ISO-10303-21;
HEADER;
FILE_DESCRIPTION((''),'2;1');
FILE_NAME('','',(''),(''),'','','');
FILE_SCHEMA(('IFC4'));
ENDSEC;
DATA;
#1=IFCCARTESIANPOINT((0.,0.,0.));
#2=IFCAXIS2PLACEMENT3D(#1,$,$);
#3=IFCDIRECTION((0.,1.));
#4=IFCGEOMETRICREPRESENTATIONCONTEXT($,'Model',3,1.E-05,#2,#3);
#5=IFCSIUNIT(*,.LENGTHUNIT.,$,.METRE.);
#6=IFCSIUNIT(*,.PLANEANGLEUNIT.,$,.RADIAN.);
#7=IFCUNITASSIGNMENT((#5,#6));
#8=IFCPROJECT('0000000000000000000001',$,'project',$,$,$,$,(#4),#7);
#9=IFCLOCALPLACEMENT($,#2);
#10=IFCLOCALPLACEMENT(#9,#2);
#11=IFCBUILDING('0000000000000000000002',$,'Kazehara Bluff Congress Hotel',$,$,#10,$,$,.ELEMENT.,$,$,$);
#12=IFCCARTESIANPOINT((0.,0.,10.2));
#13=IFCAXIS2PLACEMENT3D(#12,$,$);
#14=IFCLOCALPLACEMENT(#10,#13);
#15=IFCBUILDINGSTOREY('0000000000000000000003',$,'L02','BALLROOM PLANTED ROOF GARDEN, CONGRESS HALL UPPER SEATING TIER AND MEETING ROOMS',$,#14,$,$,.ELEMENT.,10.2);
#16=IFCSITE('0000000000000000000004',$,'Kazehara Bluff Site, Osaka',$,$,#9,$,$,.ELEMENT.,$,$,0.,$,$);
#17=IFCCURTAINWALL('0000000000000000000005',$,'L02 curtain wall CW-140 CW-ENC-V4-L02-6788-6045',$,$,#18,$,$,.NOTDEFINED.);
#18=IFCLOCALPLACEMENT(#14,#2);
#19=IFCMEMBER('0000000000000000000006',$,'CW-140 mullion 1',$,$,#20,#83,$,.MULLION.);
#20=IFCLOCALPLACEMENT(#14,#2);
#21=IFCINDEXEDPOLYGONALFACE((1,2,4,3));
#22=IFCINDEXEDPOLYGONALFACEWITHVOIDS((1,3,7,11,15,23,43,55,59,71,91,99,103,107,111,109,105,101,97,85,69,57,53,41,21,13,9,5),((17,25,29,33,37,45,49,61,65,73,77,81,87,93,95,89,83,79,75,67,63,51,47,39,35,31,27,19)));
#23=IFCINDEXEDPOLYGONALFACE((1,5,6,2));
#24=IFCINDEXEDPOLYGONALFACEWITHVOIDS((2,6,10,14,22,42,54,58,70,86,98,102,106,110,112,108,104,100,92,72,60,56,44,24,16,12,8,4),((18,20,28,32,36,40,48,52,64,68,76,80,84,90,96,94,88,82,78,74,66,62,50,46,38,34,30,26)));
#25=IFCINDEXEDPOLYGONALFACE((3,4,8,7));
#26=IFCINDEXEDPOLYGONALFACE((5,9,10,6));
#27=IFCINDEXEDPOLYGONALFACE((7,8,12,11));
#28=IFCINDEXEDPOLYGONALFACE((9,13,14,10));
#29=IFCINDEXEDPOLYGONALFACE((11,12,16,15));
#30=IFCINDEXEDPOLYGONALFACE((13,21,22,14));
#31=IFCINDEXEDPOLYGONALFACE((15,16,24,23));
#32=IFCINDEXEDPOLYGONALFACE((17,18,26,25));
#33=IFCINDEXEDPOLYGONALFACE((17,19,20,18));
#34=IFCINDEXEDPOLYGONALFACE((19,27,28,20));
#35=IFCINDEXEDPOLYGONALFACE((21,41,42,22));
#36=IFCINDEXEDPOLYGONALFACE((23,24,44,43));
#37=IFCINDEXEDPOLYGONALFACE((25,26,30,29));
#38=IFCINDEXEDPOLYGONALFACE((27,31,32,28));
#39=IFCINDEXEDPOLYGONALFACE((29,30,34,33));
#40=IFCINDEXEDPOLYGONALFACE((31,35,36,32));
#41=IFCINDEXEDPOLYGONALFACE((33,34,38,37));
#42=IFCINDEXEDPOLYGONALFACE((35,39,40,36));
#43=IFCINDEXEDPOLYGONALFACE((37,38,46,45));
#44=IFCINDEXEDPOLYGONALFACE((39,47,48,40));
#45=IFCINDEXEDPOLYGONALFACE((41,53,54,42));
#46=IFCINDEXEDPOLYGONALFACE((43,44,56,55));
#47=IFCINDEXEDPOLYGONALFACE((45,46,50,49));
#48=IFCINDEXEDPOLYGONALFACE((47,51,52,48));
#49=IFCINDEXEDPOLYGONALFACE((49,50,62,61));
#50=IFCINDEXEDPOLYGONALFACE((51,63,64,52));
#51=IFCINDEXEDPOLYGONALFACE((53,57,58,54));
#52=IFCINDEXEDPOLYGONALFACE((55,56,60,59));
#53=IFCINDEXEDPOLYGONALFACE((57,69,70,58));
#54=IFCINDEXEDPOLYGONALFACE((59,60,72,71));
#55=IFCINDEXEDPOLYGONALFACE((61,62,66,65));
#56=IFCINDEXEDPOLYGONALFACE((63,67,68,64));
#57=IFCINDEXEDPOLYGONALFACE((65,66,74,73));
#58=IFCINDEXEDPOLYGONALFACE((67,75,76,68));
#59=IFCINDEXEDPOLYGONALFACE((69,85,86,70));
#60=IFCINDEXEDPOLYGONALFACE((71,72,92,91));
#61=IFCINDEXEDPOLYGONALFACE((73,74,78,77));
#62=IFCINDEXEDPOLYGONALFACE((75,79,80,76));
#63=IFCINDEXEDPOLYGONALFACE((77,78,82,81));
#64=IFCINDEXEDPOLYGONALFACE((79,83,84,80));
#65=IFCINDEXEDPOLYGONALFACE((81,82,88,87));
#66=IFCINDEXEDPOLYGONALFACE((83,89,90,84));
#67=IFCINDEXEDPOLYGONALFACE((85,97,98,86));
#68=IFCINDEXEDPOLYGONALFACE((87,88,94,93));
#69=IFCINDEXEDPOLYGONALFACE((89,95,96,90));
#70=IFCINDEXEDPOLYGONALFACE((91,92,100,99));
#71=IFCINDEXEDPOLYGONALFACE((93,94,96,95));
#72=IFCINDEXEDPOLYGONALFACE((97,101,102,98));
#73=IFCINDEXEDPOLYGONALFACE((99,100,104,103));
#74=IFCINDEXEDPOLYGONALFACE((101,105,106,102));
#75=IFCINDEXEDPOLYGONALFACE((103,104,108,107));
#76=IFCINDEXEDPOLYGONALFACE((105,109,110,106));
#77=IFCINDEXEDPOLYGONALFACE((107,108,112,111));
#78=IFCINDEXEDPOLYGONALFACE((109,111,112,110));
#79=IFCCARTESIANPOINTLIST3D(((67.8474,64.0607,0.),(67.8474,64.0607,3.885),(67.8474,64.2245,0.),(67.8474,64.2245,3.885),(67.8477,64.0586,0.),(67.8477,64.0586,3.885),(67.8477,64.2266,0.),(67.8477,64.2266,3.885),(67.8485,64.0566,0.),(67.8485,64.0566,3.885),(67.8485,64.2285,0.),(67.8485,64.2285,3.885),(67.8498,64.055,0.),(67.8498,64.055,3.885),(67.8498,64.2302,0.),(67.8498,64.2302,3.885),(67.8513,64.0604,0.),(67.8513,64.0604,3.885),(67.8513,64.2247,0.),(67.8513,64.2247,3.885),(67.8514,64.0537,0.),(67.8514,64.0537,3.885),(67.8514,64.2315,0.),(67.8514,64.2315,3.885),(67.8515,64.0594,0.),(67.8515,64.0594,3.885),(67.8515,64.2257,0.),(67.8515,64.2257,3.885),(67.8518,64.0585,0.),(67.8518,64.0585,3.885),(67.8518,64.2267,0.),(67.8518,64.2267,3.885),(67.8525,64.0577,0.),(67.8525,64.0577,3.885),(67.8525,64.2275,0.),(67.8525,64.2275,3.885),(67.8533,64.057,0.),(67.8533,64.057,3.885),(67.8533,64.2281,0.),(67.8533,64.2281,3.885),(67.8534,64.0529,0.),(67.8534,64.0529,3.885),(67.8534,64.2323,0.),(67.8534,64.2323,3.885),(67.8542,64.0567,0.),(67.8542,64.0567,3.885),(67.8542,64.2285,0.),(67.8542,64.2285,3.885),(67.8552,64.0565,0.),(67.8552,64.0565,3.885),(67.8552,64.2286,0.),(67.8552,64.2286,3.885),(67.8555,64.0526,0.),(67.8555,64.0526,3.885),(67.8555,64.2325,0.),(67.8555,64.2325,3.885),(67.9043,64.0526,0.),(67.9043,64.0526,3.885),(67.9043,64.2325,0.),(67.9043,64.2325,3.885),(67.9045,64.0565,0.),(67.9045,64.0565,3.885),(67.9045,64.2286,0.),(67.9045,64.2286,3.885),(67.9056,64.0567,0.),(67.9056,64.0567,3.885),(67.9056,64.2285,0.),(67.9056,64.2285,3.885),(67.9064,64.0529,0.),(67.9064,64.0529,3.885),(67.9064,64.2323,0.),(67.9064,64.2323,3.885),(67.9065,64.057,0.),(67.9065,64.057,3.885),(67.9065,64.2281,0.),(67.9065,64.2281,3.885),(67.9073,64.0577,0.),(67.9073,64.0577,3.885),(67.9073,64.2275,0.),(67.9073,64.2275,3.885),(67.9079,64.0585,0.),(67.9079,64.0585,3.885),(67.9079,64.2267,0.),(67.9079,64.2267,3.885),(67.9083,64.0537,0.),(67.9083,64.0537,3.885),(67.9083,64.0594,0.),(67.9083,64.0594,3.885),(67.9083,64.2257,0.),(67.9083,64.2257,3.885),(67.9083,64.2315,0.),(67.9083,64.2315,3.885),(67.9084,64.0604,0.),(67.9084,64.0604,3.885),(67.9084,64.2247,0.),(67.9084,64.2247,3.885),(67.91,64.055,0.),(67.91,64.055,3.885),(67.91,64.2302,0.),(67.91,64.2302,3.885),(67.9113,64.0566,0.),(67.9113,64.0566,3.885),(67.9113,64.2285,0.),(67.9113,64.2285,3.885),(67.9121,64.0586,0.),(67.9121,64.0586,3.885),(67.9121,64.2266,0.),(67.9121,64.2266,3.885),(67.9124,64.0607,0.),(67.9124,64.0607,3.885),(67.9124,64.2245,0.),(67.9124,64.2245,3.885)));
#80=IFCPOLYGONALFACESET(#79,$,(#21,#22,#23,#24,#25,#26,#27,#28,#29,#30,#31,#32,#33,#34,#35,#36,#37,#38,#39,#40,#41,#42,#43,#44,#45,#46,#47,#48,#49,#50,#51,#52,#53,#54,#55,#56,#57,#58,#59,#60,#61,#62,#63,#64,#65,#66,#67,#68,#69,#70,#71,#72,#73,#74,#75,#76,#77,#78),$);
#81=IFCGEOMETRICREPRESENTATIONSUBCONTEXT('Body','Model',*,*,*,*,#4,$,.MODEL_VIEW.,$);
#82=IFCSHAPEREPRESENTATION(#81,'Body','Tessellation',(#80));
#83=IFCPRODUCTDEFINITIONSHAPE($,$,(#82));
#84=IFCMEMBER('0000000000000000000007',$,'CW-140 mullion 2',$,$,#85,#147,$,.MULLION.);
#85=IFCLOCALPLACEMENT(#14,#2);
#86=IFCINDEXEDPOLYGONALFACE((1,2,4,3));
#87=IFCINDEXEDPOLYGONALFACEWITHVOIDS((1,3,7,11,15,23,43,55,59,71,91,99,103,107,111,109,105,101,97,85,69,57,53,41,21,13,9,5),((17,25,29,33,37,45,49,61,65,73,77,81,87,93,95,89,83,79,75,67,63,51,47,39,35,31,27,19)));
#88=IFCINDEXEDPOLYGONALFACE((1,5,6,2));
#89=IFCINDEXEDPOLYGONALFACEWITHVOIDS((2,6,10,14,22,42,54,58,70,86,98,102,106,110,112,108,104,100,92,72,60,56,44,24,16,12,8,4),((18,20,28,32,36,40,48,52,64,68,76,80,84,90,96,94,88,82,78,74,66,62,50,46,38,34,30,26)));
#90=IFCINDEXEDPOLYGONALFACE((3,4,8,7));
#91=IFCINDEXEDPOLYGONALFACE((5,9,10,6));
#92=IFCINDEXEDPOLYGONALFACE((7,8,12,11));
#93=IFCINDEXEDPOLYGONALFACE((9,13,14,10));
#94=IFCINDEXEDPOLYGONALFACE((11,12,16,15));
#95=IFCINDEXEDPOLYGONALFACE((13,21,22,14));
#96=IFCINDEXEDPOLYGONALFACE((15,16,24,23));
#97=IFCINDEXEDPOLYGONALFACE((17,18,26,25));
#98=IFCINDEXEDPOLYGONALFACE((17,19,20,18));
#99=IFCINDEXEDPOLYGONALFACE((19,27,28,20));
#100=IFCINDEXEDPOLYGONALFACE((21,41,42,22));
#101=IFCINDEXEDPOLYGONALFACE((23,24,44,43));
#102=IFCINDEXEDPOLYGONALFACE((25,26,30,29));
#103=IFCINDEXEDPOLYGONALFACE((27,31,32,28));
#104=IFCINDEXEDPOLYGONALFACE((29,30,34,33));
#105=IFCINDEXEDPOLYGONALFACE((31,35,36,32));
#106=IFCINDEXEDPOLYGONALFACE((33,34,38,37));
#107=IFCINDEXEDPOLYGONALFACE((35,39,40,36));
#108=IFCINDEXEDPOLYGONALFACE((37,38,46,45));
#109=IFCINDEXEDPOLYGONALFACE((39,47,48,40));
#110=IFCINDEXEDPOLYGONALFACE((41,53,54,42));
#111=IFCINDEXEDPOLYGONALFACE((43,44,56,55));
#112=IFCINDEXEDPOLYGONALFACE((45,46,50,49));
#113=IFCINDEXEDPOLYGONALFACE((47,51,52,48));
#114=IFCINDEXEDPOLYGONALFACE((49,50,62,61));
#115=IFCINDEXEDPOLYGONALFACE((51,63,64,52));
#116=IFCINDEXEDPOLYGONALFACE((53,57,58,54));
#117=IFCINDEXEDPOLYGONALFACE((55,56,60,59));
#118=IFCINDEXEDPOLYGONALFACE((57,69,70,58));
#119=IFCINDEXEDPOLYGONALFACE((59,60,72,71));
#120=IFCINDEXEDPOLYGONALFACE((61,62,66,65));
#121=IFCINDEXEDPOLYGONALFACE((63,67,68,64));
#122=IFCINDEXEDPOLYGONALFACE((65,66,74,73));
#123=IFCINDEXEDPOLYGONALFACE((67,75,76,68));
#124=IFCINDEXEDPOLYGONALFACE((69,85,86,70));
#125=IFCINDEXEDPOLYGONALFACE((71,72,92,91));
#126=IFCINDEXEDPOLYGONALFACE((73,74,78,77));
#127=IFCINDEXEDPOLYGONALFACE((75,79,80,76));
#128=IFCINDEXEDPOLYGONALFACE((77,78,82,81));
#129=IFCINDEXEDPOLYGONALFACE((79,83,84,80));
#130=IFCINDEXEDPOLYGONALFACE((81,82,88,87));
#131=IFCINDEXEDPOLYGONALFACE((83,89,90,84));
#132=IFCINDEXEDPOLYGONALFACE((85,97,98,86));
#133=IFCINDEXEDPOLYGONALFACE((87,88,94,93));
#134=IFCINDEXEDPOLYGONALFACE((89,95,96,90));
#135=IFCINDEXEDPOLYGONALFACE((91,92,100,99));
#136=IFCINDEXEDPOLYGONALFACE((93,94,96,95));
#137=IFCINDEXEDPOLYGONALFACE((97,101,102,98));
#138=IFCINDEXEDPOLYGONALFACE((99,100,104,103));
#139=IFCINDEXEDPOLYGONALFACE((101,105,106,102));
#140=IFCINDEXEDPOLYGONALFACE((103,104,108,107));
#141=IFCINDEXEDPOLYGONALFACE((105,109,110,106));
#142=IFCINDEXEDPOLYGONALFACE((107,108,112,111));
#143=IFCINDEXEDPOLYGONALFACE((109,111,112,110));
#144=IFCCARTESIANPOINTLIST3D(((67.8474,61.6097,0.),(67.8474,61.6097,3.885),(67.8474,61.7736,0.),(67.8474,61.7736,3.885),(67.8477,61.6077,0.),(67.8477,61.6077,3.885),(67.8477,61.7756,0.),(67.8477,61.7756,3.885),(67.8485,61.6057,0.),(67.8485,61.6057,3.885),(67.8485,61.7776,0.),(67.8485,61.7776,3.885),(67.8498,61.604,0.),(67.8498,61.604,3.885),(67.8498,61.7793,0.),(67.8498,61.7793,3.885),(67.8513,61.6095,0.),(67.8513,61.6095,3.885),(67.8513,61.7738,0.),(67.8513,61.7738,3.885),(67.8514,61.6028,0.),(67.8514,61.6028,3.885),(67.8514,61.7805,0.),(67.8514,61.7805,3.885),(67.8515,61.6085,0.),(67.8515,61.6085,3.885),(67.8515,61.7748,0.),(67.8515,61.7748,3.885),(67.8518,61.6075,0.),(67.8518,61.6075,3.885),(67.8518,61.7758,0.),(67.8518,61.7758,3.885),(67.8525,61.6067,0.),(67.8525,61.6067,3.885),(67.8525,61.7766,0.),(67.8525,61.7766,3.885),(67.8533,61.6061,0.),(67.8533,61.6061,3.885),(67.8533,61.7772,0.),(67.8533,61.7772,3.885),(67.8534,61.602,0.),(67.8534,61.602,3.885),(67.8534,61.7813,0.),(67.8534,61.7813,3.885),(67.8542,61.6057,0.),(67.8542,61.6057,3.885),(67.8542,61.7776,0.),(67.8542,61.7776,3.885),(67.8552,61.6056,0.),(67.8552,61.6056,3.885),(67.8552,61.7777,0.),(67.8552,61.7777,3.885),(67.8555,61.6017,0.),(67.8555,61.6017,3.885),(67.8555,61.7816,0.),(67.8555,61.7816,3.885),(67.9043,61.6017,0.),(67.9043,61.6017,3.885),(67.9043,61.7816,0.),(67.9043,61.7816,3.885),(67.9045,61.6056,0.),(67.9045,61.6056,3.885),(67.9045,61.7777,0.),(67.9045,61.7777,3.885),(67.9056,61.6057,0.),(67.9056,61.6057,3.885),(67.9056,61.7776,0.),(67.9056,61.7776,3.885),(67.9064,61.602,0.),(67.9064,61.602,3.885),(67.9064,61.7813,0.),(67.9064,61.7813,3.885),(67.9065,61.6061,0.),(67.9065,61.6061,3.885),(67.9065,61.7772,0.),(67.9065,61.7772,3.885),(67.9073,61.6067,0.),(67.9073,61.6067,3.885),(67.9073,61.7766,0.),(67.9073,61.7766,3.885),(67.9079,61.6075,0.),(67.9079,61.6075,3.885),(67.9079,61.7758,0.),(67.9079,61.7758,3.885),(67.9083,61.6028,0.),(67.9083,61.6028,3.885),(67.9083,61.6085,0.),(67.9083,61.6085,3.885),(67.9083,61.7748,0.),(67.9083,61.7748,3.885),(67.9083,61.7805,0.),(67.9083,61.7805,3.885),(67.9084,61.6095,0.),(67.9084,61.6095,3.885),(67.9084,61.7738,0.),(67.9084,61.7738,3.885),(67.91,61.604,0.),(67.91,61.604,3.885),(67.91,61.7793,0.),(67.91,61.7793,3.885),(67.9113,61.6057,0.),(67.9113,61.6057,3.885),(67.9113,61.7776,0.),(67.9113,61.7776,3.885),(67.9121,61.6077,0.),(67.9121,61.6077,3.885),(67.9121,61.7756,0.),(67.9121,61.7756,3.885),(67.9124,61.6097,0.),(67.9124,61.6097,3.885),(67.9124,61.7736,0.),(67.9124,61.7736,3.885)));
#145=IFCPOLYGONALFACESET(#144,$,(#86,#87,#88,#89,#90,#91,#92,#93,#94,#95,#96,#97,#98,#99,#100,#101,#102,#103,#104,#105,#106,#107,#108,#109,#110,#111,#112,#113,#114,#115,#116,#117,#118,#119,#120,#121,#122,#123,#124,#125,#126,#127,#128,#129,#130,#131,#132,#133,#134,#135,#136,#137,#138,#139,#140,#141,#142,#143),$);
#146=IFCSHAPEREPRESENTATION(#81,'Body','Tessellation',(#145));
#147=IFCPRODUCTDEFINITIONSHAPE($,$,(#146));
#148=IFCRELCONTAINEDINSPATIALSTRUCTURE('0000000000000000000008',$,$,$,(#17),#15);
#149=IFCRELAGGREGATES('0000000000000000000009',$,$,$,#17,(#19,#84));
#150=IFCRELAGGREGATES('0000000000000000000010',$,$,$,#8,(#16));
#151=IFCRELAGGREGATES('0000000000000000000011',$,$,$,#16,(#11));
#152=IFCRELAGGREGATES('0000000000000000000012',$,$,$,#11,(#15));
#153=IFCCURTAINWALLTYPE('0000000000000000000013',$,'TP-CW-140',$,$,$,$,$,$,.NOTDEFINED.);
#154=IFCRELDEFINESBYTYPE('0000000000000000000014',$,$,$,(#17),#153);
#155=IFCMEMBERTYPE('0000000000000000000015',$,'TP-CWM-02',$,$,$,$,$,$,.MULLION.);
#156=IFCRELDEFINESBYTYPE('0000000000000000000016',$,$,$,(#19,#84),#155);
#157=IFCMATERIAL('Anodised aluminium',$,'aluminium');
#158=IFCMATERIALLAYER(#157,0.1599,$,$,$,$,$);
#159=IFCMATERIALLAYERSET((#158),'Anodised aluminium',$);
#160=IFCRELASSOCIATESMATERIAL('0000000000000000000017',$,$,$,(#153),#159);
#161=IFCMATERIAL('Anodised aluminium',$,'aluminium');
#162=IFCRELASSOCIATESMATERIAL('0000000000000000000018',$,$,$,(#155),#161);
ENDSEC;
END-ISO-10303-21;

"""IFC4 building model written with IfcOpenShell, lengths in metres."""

from ifc_helpers import new_model, si_unit, direction, frame, origin, origin_2d, place, context, subcontext, project, spatial, hollow_rectangle, extrude, material, layer, layer_set, material_profile, profile_set, type_object, element, aggregate, save


model = new_model("IFC4")

# Units and contexts
model_context = context("Model", 3, precision=1e-05, world=origin(), true_north=direction((0.0, 1.0)))
body_context = subcontext(model_context, "Body", "Model", "MODEL_VIEW")
ifc_project = project(units=[si_unit("LENGTHUNIT", "METRE"), si_unit("PLANEANGLEUNIT", "RADIAN")], contexts=[model_context])

# Site, building, storey
site_placement = place(None, origin())
site = spatial("IfcSite", under=ifc_project, at=site_placement, Name="Kazehara Bluff Site, Osaka", CompositionType="ELEMENT", RefElevation=0.0)
building_placement = place(site_placement, origin())
building = spatial("IfcBuilding", under=site, at=building_placement, Name="Kazehara Bluff Congress Hotel", CompositionType="ELEMENT")
storey_placement = place(building_placement, frame((0.0, 0.0, 10.2)))
storey = spatial("IfcBuildingStorey", under=building, at=storey_placement, Name="L02", Description="BALLROOM PLANTED ROOF GARDEN, CONGRESS HALL UPPER SEATING TIER AND MEETING ROOMS", CompositionType="ELEMENT", Elevation=10.2)

# Curtain wall, members
ifc_material_1 = material(Name="Anodised aluminium", Category="aluminium")
ifc_layer_1 = layer(ifc_material_1, 0.1599)
ifc_layer_set_1 = layer_set([ifc_layer_1], Name="Anodised aluminium")
curtain_wall_type = type_object("IfcCurtainWallType", Name="TP-CW-140", PredefinedType="NOTDEFINED", material=ifc_layer_set_1)
curtain_wall_placement = place(storey_placement, origin())
curtain_wall = element("IfcCurtainWall", 1, at=curtain_wall_placement, inside=storey, type_object=curtain_wall_type, Name="L02 curtain wall CW-140 CW-ENC-V4-L02-6788-6045", PredefinedType="NOTDEFINED")
ifc_material_2 = material(Name="Anodised aluminium", Category="aluminium")
ifc_material_profile_1 = material_profile(ifc_material_2, hollow_rectangle(XDim=0.0649, YDim=0.1799, WallThickness=0.0039, InnerFilletRadius=0.0039, OuterFilletRadius=0.0081, at=origin_2d()))
ifc_profile_set_1 = profile_set([ifc_material_profile_1], Name="Anodised aluminium")
member_type_1 = type_object("IfcMemberType", Name="TP-CWM-02", PredefinedType="MULLION", material=ifc_profile_set_1)
member_1_placement = place(storey_placement, frame((67.8799, 64.1426, 0.0), z_axis=(0.0, 0.0, 1.0), x_axis=(1.0, 0.0, 0.0)))
member_1 = element("IfcMember", 2, at=member_1_placement, type_object=member_type_1, Name="CW-140 mullion 1", PredefinedType="MULLION", context=body_context, shape_type="SweptSolid", body=[
    extrude(hollow_rectangle(XDim=0.0649, YDim=0.1799, WallThickness=0.0039, InnerFilletRadius=0.0039, OuterFilletRadius=0.0081, at=origin_2d()), origin(), (0.0, 0.0, 1.0), 3.885),
])
member_2_placement = place(storey_placement, frame((67.8799, 61.6917, 0.0), z_axis=(0.0, 0.0, 1.0), x_axis=(1.0, 0.0, 0.0)))
member_2 = element("IfcMember", 3, at=member_2_placement, type_object=member_type_1, Name="CW-140 mullion 2", PredefinedType="MULLION", context=body_context, shape_type="SweptSolid", body=[
    extrude(hollow_rectangle(XDim=0.0649, YDim=0.1799, WallThickness=0.0039, InnerFilletRadius=0.0039, OuterFilletRadius=0.0081, at=origin_2d()), origin(), (0.0, 0.0, 1.0), 3.885),
])

aggregate(curtain_wall, [member_1, member_2])

save(model, "model.ifc")
